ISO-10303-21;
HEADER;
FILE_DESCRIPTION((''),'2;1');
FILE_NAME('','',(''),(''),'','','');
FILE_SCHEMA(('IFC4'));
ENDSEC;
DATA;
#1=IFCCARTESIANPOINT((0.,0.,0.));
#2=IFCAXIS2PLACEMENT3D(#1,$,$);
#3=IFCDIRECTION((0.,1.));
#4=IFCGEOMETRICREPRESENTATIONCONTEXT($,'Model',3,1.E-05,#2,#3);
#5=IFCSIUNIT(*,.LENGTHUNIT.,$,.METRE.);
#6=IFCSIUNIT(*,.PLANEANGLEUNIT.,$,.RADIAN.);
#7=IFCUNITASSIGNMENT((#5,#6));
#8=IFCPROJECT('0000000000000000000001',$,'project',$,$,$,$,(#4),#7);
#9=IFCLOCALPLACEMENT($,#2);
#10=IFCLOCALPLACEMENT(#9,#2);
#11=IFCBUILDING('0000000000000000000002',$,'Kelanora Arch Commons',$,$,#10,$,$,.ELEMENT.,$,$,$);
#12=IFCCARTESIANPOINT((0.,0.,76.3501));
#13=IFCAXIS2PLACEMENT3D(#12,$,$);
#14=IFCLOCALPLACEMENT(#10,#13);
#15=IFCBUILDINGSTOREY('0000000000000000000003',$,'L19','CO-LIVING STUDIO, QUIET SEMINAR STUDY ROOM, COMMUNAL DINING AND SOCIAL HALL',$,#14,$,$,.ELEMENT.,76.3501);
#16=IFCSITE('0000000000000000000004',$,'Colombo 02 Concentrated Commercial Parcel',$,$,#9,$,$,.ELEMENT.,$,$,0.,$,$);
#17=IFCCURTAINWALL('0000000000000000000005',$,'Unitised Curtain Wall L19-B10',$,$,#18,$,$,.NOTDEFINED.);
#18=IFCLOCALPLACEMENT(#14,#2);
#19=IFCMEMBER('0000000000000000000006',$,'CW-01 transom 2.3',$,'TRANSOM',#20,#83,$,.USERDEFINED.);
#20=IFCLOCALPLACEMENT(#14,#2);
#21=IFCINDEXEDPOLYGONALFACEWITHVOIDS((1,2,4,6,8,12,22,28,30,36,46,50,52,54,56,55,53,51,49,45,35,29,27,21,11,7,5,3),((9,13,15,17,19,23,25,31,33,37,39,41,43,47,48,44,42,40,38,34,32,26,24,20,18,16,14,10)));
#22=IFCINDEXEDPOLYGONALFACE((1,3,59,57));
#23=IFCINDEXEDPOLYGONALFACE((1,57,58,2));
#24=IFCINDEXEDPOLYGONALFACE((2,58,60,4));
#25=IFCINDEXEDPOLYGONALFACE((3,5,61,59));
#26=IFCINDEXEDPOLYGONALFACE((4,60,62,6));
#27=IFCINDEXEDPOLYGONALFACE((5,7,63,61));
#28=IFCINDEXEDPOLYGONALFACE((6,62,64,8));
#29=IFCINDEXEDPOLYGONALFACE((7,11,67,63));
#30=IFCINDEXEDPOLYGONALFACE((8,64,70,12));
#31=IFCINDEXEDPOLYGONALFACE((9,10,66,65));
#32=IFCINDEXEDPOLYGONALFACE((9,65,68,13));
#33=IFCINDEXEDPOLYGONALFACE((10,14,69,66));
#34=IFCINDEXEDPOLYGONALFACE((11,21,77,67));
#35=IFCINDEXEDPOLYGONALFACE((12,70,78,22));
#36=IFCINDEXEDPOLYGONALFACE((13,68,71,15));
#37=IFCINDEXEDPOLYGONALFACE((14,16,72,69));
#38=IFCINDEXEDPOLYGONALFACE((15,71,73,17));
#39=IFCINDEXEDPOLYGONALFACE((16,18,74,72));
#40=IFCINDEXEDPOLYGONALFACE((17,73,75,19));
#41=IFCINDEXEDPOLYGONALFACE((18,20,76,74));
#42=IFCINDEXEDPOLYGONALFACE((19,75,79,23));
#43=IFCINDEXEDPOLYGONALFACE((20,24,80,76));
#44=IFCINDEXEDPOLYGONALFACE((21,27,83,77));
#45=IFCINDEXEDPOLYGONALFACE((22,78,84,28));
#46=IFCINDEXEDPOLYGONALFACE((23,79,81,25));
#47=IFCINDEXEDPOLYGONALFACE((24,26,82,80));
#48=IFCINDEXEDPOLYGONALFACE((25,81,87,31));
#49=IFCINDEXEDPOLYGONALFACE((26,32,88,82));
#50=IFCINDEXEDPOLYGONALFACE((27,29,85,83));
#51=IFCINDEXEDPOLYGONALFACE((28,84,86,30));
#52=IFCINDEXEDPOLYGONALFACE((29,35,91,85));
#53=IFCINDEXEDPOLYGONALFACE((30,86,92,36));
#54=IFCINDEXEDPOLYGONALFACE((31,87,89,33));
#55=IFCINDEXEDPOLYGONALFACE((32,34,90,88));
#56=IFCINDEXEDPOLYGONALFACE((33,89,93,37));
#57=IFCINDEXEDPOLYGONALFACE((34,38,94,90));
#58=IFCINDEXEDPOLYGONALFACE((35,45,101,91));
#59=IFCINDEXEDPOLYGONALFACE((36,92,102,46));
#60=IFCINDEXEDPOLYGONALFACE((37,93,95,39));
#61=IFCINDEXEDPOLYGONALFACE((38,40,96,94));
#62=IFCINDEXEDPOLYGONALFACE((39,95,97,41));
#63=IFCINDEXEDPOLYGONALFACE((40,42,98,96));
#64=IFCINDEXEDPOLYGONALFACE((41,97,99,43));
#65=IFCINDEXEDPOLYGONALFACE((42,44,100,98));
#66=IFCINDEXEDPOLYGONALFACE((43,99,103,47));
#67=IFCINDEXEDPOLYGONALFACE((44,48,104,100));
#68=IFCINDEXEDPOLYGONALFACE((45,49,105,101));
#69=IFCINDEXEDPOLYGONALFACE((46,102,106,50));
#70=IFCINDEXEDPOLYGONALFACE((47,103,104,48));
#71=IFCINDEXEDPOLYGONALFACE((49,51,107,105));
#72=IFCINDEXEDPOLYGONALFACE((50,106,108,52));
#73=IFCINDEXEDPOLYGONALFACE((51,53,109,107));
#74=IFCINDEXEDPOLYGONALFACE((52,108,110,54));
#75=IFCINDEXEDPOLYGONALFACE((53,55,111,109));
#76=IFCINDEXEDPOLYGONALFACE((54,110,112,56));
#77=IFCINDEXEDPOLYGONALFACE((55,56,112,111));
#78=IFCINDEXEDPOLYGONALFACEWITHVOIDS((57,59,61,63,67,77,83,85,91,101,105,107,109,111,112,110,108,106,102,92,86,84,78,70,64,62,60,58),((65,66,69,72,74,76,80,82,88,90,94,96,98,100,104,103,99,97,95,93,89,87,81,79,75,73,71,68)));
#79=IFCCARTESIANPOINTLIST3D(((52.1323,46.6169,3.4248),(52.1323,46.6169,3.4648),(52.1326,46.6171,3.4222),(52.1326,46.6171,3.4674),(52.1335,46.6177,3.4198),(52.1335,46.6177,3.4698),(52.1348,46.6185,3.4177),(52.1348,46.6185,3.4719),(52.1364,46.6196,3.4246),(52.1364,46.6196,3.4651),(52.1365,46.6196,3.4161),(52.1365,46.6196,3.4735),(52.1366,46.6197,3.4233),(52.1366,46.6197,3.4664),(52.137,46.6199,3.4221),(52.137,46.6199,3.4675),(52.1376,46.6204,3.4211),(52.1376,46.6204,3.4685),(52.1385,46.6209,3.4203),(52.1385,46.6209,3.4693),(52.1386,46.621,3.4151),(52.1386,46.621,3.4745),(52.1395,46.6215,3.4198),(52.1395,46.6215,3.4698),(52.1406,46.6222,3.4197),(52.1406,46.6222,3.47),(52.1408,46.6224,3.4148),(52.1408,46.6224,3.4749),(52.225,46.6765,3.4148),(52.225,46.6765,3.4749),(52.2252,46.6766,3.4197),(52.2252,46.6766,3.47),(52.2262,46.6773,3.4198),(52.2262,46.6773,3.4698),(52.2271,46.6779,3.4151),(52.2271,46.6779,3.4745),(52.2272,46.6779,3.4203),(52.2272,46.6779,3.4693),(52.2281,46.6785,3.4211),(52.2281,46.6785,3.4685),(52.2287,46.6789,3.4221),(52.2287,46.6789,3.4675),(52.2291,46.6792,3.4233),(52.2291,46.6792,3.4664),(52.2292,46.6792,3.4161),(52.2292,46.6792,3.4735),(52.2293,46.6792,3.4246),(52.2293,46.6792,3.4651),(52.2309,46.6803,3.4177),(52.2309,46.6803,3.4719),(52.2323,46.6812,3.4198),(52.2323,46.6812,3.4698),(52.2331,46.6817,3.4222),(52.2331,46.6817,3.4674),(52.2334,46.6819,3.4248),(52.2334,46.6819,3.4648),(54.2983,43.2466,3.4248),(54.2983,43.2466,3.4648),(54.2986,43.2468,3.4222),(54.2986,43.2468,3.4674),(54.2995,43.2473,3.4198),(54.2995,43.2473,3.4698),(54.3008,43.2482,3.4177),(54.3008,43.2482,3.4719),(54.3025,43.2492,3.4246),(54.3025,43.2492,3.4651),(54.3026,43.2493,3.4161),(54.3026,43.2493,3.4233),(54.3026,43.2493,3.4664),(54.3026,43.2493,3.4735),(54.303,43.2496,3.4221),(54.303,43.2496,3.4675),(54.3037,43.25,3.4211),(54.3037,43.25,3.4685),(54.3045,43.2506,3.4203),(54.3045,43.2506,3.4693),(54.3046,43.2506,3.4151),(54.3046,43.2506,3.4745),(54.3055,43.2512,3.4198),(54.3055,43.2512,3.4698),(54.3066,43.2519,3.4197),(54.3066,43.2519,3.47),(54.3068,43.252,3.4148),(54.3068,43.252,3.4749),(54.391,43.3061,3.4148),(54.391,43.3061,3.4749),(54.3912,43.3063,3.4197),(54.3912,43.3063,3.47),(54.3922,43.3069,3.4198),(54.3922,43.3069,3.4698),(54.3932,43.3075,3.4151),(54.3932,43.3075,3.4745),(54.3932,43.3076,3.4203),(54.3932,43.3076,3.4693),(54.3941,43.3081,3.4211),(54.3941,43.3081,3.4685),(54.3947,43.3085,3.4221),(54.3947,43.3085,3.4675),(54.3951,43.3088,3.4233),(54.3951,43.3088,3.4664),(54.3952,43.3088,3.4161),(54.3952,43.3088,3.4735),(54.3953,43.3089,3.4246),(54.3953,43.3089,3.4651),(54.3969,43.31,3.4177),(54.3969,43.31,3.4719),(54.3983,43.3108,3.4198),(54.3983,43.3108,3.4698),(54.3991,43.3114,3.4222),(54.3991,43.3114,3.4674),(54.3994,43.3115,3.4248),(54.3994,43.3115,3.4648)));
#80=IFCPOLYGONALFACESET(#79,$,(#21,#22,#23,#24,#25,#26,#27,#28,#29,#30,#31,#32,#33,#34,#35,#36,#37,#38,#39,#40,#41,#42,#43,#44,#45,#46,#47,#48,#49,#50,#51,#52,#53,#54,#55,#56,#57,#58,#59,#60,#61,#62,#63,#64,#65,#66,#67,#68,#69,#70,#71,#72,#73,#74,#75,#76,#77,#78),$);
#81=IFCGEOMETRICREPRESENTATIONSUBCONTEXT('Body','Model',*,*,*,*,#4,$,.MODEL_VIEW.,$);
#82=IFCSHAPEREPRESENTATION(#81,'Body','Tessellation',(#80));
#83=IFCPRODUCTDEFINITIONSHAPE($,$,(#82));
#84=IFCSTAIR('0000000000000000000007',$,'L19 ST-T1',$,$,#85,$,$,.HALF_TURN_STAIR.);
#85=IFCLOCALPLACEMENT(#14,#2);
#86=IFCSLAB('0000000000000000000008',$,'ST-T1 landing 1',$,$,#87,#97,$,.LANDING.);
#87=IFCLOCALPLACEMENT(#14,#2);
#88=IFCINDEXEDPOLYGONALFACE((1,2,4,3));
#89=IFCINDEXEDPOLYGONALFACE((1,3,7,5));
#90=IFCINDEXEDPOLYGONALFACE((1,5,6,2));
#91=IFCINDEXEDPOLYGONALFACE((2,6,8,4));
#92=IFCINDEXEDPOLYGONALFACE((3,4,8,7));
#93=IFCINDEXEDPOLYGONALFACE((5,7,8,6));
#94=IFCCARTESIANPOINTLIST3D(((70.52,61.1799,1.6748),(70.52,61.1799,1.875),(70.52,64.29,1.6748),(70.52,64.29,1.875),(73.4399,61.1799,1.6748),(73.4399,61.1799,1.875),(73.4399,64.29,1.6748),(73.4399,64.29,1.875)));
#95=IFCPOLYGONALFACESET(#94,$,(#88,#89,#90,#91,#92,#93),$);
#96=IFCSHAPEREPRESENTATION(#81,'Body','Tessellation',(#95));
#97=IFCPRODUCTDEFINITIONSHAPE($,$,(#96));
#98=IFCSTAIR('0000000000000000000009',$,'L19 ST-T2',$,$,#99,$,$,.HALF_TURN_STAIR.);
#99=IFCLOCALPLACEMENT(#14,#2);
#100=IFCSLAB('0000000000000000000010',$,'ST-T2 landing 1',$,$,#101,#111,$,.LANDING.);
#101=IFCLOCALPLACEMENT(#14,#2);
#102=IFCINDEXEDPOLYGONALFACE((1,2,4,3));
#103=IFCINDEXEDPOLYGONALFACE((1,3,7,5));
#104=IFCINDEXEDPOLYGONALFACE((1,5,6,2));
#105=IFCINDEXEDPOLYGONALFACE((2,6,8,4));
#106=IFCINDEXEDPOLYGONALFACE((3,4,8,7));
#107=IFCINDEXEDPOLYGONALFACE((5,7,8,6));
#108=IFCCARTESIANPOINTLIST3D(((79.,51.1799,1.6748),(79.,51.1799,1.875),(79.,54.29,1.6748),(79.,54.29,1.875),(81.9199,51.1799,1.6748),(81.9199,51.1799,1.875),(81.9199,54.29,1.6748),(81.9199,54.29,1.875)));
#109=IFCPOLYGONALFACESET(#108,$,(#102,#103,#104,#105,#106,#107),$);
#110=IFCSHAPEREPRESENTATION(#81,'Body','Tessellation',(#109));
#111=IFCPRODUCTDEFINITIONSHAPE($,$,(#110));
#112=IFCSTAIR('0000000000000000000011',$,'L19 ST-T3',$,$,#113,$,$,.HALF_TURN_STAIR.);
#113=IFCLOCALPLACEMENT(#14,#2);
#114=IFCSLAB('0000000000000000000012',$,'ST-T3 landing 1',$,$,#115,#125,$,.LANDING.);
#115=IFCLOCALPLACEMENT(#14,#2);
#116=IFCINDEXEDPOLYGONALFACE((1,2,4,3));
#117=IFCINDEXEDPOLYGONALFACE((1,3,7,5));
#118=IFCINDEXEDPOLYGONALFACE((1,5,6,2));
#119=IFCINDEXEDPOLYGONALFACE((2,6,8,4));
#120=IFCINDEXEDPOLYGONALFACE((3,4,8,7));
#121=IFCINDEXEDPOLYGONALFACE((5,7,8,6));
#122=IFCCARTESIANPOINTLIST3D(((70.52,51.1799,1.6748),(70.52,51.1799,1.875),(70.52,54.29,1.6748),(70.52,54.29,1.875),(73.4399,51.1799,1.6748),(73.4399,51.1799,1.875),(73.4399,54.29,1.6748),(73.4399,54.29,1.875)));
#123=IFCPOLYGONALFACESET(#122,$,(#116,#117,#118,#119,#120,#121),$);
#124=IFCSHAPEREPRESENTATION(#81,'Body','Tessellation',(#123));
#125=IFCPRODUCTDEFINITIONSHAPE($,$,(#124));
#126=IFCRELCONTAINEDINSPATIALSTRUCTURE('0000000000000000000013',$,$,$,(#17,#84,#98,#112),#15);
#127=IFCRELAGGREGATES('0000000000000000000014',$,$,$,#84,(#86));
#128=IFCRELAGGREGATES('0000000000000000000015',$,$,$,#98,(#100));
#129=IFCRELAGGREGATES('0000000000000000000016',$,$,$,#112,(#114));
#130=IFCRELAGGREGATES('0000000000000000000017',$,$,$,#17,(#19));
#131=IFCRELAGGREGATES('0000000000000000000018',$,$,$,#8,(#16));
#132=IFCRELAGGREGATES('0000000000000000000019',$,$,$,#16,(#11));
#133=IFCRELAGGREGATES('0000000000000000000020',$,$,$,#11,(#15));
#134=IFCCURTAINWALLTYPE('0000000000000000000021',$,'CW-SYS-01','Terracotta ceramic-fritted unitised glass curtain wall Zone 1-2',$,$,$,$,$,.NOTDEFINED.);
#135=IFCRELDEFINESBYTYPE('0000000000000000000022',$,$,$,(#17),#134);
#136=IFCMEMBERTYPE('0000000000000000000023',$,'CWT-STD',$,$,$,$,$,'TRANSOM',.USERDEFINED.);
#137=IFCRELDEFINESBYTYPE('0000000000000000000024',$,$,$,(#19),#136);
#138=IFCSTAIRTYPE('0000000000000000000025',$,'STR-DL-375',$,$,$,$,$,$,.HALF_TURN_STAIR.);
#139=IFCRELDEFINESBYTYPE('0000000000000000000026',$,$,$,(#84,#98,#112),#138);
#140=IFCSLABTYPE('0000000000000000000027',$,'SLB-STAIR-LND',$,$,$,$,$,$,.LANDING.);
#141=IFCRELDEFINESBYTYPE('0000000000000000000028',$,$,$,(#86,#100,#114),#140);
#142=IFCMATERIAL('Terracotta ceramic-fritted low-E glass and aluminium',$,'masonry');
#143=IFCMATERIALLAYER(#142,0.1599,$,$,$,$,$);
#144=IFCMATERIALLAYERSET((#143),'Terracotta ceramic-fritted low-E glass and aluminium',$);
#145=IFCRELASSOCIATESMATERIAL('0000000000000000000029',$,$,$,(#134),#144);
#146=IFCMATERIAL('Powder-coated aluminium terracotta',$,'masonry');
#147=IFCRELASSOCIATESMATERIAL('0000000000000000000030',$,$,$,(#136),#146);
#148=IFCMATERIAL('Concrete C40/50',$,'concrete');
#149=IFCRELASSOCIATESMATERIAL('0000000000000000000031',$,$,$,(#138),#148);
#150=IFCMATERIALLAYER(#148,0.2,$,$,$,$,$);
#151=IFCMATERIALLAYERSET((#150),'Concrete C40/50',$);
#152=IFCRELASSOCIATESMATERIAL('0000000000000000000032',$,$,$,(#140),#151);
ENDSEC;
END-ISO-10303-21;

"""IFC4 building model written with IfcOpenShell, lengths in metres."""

from ifc_helpers import new_model, si_unit, direction, frame, origin, origin_2d, place, context, subcontext, project, spatial, polyline, hollow_rectangle, outline, extrude, material, layer, layer_set, material_profile, profile_set, type_object, element, aggregate, save


model = new_model("IFC4")

# Units and contexts
model_context = context("Model", 3, precision=1e-05, world=origin(), true_north=direction((0.0, 1.0)))
body_context = subcontext(model_context, "Body", "Model", "MODEL_VIEW")
ifc_project = project(units=[si_unit("LENGTHUNIT", "METRE"), si_unit("PLANEANGLEUNIT", "RADIAN")], contexts=[model_context])

# Site, building, storey
site_placement = place(None, origin())
site = spatial("IfcSite", under=ifc_project, at=site_placement, Name="Colombo 02 Concentrated Commercial Parcel", CompositionType="ELEMENT", RefElevation=0.0)
building_placement = place(site_placement, origin())
building = spatial("IfcBuilding", under=site, at=building_placement, Name="Kelanora Arch Commons", CompositionType="ELEMENT")
storey_placement = place(building_placement, frame((0.0, 0.0, 76.3501)))
storey = spatial("IfcBuildingStorey", under=building, at=storey_placement, Name="L19", Description="CO-LIVING STUDIO, QUIET SEMINAR STUDY ROOM, COMMUNAL DINING AND SOCIAL HALL", CompositionType="ELEMENT", Elevation=76.3501)

# Curtain wall, member
ifc_material_1 = material(Name="Terracotta ceramic-fritted low-E glass and aluminium", Category="masonry")
ifc_layer_1 = layer(ifc_material_1, 0.1599)
ifc_layer_set_1 = layer_set([ifc_layer_1], Name="Terracotta ceramic-fritted low-E glass and aluminium")
curtain_wall_type = type_object("IfcCurtainWallType", Name="CW-SYS-01", Description="Terracotta ceramic-fritted unitised glass curtain wall Zone 1-2", PredefinedType="NOTDEFINED", material=ifc_layer_set_1)
curtain_wall_placement = place(storey_placement, origin())
curtain_wall = element("IfcCurtainWall", 1, at=curtain_wall_placement, inside=storey, type_object=curtain_wall_type, Name="Unitised Curtain Wall L19-B10", PredefinedType="NOTDEFINED")
ifc_material_2 = material(Name="Powder-coated aluminium terracotta", Category="masonry")
ifc_material_profile_1 = material_profile(ifc_material_2, hollow_rectangle(XDim=0.1201, YDim=0.0601, WallThickness=0.0049, InnerFilletRadius=0.0049, OuterFilletRadius=0.01, at=origin_2d()), Name="CWT120x60")
ifc_profile_set_1 = profile_set([ifc_material_profile_1], Name="Powder-coated aluminium terracotta")
member_type_1 = type_object("IfcMemberType", Name="CWT-STD", ElementType="TRANSOM", PredefinedType="USERDEFINED", material=ifc_profile_set_1)
member_1_placement = place(storey_placement, frame((52.1829, 46.6494, 3.4448), z_axis=(0.540644, -0.841252, 0.0), x_axis=(0.841252, 0.540644, 0.0)))
member_1 = element("IfcMember", 2, at=member_1_placement, type_object=member_type_1, Name="CW-01 transom 2.3", ObjectType="TRANSOM", PredefinedType="USERDEFINED", context=body_context, shape_type="SweptSolid", body=[
    extrude(hollow_rectangle(XDim=0.1201, YDim=0.0601, WallThickness=0.0049, InnerFilletRadius=0.0049, OuterFilletRadius=0.01, at=origin_2d()), origin(), (0.0, 0.0, 1.0), 4.0063),
])

# Stairs, slabs
ifc_material_3 = material(Name="Concrete C40/50", Category="concrete")
stair_type = type_object("IfcStairType", Name="STR-DL-375", PredefinedType="HALF_TURN_STAIR", material=ifc_material_3)
stair_1_placement = place(storey_placement, origin())
stair_1 = element("IfcStair", 3, at=stair_1_placement, inside=storey, type_object=stair_type, Name="L19 ST-T1", PredefinedType="HALF_TURN_STAIR")
ifc_layer_2 = layer(ifc_material_3, 0.2)
ifc_layer_set_2 = layer_set([ifc_layer_2], Name="Concrete C40/50")
slab_type_1 = type_object("IfcSlabType", Name="SLB-STAIR-LND", PredefinedType="LANDING", material=ifc_layer_set_2)
slab_1_placement = place(storey_placement, frame((0.0, 0.0, 1.6748)))
slab_1 = element("IfcSlab", 4, at=slab_1_placement, type_object=slab_type_1, Name="ST-T1 landing 1", PredefinedType="LANDING", context=body_context, shape_type="SweptSolid", body=[
    extrude(outline(polyline([(70.52, 61.1799), (73.4399, 61.1799), (73.4399, 64.29), (70.52, 64.29), (70.52, 61.1799)])), origin(), (0.0, 0.0, 1.0), 0.2002),
])
aggregate(stair_1, [slab_1])
stair_2_placement = place(storey_placement, origin())
stair_2 = element("IfcStair", 5, at=stair_2_placement, inside=storey, type_object=stair_type, Name="L19 ST-T2", PredefinedType="HALF_TURN_STAIR")
slab_2_placement = place(storey_placement, frame((0.0, 0.0, 1.6748)))
slab_2 = element("IfcSlab", 6, at=slab_2_placement, type_object=slab_type_1, Name="ST-T2 landing 1", PredefinedType="LANDING", context=body_context, shape_type="SweptSolid", body=[
    extrude(outline(polyline([(79.0, 51.1799), (81.9199, 51.1799), (81.9199, 54.29), (79.0, 54.29), (79.0, 51.1799)])), origin(), (0.0, 0.0, 1.0), 0.2002),
])
aggregate(stair_2, [slab_2])
stair_3_placement = place(storey_placement, origin())
stair_3 = element("IfcStair", 7, at=stair_3_placement, inside=storey, type_object=stair_type, Name="L19 ST-T3", PredefinedType="HALF_TURN_STAIR")
slab_3_placement = place(storey_placement, frame((0.0, 0.0, 1.6748)))
slab_3 = element("IfcSlab", 8, at=slab_3_placement, type_object=slab_type_1, Name="ST-T3 landing 1", PredefinedType="LANDING", context=body_context, shape_type="SweptSolid", body=[
    extrude(outline(polyline([(70.52, 51.1799), (73.4399, 51.1799), (73.4399, 54.29), (70.52, 54.29), (70.52, 51.1799)])), origin(), (0.0, 0.0, 1.0), 0.2002),
])
aggregate(stair_3, [slab_3])

aggregate(curtain_wall, [member_1])

save(model, "model.ifc")
